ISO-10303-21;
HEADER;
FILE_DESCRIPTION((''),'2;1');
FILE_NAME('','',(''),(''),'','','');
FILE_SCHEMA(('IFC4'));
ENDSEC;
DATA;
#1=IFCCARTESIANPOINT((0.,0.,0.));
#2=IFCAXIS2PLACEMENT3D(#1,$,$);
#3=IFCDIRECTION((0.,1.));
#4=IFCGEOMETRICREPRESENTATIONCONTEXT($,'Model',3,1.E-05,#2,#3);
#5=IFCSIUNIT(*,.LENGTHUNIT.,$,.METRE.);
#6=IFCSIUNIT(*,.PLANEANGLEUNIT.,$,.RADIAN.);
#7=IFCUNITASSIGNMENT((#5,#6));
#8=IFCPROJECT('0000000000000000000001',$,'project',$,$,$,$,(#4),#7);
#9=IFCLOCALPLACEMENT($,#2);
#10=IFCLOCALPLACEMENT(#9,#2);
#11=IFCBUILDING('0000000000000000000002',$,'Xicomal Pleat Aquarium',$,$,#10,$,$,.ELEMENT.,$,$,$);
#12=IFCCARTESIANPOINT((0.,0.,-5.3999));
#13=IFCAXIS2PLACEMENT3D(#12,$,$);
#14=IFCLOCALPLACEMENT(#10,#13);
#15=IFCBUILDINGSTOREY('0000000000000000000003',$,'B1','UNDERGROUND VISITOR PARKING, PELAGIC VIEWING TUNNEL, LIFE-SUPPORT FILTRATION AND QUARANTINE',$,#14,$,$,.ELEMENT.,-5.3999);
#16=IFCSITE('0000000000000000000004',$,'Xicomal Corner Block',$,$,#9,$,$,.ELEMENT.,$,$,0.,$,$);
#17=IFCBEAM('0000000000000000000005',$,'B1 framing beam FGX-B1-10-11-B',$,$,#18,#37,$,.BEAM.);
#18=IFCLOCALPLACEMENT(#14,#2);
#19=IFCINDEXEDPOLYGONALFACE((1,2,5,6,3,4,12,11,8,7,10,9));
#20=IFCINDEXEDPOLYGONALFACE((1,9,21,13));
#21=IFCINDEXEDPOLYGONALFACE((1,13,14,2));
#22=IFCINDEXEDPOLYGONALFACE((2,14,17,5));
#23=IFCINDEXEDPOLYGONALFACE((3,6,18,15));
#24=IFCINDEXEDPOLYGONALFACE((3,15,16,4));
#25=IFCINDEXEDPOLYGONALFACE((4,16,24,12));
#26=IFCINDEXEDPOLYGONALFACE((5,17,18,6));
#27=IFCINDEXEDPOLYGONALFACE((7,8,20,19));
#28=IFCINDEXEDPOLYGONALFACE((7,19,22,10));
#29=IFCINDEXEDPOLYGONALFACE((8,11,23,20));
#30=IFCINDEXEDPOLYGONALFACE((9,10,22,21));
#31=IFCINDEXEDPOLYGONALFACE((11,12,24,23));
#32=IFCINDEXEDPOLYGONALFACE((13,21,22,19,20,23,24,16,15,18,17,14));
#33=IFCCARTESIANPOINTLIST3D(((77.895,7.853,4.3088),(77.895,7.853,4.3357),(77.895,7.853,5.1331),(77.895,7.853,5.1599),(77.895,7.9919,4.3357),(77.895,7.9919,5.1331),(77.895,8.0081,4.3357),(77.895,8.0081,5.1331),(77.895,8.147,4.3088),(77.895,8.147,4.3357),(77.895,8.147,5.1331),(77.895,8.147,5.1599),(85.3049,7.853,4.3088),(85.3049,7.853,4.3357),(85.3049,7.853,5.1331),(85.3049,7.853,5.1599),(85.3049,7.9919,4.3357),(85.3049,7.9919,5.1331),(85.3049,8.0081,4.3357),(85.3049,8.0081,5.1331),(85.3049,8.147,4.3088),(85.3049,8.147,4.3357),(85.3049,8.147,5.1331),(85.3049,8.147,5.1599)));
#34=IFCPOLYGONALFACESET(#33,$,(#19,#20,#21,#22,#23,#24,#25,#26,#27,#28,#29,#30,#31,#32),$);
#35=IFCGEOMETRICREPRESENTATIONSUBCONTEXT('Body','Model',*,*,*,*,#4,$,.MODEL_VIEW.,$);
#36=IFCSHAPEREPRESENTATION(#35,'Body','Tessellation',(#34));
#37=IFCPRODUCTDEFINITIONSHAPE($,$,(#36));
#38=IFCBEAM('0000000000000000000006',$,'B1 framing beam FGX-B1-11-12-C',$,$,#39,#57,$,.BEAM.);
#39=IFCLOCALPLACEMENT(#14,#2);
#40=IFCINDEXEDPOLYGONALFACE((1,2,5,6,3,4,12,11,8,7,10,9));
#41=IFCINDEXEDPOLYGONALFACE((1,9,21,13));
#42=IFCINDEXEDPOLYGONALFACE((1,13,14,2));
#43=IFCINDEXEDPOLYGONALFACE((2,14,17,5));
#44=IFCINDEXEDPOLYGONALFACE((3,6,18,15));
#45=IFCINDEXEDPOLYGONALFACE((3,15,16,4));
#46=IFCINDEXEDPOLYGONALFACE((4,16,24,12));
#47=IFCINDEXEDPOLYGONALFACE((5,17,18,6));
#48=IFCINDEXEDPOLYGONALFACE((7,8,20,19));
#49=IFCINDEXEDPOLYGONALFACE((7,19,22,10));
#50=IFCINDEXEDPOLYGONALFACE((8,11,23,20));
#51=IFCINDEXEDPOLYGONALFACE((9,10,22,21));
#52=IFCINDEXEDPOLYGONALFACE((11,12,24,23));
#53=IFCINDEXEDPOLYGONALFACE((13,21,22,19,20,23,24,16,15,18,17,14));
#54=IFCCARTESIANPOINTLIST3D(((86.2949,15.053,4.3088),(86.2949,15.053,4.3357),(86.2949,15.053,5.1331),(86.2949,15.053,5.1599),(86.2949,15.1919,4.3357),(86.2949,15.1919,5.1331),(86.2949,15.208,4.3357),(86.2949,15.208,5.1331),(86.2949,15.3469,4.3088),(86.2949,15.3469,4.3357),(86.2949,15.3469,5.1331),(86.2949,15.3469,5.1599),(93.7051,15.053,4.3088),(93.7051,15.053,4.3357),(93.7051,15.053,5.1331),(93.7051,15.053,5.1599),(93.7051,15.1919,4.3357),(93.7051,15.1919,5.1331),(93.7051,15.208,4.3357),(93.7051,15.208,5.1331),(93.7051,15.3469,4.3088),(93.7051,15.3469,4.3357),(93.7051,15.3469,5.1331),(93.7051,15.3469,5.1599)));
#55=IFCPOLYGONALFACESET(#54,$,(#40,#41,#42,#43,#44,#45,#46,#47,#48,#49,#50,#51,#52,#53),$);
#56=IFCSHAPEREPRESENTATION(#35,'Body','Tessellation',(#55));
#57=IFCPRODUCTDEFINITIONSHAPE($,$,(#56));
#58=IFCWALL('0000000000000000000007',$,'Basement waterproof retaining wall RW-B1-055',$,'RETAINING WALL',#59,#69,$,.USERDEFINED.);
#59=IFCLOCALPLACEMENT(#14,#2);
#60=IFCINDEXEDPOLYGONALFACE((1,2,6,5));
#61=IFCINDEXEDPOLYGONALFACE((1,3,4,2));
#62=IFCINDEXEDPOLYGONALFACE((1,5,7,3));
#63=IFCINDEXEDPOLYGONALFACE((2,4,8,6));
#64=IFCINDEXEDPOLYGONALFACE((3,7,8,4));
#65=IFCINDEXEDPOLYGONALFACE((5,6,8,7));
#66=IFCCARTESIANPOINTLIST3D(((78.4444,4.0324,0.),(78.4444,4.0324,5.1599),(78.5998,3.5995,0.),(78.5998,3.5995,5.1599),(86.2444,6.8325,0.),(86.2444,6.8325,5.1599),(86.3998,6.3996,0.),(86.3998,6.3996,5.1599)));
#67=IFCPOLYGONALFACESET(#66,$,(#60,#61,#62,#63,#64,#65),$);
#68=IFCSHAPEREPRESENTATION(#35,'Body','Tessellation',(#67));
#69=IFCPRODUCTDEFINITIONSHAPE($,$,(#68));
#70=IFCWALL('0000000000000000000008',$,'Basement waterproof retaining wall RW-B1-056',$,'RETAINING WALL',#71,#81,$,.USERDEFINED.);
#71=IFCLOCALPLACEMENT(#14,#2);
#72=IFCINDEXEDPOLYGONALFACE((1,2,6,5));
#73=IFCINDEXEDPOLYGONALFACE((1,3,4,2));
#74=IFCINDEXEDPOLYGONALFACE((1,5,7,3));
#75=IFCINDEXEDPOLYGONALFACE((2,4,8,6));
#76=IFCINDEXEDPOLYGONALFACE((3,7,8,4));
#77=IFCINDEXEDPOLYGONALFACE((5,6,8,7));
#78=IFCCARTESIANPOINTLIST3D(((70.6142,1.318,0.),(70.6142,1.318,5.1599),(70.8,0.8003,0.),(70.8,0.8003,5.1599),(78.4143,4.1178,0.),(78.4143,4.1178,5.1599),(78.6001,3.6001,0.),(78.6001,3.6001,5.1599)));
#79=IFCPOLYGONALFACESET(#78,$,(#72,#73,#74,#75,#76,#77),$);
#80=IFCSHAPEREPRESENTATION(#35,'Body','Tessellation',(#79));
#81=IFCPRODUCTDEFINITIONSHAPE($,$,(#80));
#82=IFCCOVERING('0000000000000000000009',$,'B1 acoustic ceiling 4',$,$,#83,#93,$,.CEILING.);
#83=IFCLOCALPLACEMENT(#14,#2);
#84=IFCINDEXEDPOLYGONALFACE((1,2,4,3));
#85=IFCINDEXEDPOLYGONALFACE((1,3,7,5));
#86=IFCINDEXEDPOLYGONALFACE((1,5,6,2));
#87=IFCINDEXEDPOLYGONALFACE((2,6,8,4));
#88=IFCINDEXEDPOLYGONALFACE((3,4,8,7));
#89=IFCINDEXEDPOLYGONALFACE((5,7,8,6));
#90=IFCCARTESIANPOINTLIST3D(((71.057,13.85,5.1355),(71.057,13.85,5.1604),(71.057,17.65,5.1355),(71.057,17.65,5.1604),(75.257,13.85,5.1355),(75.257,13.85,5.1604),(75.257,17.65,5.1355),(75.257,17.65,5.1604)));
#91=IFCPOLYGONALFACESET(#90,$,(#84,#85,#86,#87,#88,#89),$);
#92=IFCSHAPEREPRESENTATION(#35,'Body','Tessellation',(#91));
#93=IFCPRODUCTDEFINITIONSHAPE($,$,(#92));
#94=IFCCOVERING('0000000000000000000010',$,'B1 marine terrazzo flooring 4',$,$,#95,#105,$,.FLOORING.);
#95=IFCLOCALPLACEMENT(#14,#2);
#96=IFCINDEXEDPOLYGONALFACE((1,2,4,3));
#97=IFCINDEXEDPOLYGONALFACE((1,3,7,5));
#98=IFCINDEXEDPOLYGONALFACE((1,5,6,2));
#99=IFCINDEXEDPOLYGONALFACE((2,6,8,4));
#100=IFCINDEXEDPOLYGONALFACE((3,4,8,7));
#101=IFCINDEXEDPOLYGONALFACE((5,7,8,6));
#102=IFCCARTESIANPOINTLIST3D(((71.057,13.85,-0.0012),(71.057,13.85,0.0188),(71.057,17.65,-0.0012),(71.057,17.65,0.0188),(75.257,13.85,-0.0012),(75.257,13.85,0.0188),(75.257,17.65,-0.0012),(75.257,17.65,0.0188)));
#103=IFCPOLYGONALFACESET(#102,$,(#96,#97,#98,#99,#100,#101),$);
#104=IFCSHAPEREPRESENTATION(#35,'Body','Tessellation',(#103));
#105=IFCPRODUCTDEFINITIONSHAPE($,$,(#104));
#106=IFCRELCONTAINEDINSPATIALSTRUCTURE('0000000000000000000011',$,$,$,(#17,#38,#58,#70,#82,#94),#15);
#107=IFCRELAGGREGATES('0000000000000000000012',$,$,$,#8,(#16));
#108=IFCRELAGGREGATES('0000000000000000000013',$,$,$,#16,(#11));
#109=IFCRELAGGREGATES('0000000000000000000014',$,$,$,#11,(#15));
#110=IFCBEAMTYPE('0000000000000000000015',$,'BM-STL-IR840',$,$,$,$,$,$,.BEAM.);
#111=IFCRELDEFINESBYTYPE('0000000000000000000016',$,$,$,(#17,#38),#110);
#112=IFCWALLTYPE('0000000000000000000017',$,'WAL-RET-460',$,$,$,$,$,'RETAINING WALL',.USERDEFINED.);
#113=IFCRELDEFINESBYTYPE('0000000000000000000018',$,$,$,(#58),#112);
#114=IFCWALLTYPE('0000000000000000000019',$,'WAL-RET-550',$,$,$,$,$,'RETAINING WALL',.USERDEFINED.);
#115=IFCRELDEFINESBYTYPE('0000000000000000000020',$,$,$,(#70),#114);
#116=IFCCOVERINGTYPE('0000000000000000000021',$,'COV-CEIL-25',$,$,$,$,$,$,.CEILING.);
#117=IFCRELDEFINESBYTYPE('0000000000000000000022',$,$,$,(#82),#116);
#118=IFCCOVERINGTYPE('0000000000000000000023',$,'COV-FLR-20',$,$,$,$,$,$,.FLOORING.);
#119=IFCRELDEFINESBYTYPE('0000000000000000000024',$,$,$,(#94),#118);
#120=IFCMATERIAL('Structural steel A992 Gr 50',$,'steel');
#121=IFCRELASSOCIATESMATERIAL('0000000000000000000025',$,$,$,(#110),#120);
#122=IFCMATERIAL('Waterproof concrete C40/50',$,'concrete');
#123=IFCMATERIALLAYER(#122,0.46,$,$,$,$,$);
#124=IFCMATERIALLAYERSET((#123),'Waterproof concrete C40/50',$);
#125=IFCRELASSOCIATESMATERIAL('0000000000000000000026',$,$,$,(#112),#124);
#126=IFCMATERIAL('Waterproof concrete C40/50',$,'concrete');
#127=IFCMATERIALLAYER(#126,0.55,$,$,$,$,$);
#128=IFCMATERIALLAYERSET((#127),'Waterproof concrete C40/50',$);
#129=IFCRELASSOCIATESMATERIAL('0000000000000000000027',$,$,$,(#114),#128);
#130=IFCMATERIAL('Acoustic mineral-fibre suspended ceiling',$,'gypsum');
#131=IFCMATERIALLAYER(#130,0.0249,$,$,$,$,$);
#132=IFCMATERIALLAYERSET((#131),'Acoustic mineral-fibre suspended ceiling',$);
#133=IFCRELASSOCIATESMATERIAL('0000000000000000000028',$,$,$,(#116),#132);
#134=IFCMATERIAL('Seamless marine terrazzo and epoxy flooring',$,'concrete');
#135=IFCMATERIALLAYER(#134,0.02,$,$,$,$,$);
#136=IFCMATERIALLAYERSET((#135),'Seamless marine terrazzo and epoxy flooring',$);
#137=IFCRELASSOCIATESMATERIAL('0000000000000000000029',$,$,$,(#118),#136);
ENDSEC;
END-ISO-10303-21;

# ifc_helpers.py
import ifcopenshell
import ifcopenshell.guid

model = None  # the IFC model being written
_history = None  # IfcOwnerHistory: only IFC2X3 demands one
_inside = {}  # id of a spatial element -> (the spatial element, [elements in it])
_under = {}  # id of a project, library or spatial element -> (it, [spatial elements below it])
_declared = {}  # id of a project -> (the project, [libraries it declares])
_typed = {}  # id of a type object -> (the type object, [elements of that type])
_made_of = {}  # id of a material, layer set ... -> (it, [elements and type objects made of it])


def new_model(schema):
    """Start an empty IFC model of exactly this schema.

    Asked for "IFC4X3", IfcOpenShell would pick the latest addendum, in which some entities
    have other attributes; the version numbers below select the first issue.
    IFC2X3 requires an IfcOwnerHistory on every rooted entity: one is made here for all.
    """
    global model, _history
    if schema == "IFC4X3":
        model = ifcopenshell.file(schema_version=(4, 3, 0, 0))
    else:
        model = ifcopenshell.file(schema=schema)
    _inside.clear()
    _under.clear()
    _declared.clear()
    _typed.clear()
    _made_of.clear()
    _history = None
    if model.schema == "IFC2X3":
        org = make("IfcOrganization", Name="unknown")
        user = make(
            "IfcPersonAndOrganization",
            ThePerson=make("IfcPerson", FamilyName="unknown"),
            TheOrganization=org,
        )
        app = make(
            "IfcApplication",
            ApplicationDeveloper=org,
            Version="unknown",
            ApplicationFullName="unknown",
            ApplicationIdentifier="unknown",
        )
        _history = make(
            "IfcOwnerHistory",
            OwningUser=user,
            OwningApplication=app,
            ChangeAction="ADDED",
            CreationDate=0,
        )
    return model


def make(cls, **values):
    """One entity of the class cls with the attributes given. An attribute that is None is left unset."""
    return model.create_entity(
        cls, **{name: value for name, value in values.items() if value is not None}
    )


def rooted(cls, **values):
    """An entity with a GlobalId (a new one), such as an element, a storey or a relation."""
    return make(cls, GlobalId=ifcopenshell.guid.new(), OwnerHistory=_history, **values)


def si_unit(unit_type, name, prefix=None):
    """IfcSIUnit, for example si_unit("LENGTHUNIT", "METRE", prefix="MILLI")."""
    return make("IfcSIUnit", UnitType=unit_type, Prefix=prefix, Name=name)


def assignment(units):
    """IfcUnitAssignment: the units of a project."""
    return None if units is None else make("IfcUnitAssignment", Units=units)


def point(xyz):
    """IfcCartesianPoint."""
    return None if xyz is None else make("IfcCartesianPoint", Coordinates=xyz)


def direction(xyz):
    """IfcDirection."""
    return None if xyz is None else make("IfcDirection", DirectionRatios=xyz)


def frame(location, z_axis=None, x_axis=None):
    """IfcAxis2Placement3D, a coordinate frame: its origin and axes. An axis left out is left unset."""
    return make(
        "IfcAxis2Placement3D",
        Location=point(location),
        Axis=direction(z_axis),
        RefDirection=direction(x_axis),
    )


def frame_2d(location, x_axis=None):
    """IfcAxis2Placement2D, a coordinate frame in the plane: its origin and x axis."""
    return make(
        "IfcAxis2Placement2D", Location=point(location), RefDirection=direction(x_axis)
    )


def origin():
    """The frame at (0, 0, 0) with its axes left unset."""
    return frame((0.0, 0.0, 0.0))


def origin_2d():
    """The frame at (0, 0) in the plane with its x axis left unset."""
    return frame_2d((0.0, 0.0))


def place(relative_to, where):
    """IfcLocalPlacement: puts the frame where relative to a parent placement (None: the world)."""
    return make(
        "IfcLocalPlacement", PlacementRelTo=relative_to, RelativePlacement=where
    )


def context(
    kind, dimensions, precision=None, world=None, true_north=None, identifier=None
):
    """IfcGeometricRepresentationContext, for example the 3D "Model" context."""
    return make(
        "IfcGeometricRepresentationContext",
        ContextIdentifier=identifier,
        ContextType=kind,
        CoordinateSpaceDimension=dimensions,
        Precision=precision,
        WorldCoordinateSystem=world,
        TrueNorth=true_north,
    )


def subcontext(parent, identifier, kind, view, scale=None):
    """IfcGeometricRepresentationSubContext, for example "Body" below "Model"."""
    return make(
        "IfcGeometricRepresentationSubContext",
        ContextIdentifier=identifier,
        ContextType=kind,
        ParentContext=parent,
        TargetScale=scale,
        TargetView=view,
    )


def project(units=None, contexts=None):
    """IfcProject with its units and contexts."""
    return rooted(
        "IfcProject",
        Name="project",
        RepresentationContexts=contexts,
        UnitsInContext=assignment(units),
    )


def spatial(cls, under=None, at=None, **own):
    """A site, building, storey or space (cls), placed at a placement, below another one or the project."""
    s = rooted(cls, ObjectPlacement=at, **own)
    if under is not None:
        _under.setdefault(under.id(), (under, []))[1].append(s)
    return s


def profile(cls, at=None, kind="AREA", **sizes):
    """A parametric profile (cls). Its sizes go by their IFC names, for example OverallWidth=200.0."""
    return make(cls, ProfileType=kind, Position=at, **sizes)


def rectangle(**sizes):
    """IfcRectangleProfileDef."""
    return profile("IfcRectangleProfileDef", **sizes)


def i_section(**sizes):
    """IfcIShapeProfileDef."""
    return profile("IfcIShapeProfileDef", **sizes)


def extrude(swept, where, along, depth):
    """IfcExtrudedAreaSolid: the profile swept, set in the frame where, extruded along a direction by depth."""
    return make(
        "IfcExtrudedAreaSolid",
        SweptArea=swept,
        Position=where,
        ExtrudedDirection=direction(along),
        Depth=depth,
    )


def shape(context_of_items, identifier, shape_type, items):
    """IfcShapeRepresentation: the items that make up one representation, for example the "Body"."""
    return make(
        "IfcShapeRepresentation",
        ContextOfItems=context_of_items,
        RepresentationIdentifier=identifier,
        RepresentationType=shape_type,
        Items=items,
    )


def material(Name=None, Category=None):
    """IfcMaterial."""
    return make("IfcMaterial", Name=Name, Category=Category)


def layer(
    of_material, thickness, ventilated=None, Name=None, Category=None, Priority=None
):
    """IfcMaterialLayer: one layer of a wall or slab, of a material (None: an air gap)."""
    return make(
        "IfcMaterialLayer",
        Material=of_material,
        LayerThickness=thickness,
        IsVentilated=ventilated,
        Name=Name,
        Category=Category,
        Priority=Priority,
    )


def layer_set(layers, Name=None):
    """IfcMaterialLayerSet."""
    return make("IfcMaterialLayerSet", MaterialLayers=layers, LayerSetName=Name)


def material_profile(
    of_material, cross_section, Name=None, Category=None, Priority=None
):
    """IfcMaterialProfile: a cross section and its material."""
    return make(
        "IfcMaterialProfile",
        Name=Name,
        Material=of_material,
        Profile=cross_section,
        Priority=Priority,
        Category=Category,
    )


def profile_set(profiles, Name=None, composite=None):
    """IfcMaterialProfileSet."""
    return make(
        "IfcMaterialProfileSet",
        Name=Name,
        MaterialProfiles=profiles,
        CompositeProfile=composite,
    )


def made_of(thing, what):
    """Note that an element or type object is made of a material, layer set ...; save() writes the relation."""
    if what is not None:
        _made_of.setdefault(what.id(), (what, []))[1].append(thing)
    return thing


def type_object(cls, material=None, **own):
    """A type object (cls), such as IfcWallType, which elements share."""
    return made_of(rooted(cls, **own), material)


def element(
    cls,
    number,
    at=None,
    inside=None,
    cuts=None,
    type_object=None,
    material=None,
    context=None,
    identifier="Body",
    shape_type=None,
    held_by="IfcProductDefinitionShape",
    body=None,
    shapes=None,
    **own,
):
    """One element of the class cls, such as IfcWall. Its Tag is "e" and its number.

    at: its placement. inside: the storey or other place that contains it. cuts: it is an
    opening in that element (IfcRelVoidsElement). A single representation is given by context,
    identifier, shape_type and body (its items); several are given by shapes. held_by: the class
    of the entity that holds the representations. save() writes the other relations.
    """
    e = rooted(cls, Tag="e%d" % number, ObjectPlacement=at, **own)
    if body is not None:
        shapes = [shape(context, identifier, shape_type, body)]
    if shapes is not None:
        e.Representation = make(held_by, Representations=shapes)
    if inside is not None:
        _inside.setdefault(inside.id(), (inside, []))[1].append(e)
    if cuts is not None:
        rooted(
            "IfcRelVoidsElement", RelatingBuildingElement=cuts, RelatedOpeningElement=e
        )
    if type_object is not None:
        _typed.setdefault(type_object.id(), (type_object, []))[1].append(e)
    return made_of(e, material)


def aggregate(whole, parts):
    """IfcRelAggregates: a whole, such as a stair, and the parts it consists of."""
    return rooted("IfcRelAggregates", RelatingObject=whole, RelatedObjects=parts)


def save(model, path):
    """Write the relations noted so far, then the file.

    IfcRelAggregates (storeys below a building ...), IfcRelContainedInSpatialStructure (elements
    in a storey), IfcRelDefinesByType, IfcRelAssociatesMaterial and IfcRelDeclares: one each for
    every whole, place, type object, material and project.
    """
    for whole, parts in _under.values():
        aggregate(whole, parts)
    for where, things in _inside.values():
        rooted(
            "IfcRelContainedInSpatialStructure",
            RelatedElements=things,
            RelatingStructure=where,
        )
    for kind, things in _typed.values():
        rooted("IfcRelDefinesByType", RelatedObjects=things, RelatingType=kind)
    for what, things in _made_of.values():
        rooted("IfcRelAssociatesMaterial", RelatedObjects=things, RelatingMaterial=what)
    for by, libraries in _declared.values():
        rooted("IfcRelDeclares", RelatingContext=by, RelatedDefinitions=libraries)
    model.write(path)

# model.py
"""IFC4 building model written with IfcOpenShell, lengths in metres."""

from ifc_helpers import new_model, si_unit, direction, frame, frame_2d, origin, origin_2d, place, context, subcontext, project, spatial, rectangle, i_section, extrude, material, layer, layer_set, material_profile, profile_set, type_object, element, save


model = new_model("IFC4")

# Units and contexts
model_context = context("Model", 3, precision=1e-05, world=origin(), true_north=direction((0.0, 1.0)))
body_context = subcontext(model_context, "Body", "Model", "MODEL_VIEW")
ifc_project = project(units=[si_unit("LENGTHUNIT", "METRE"), si_unit("PLANEANGLEUNIT", "RADIAN")], contexts=[model_context])

# Site, building, storey
site_placement = place(None, origin())
site = spatial("IfcSite", under=ifc_project, at=site_placement, Name="Xicomal Corner Block", CompositionType="ELEMENT", RefElevation=0.0)
building_placement = place(site_placement, origin())
building = spatial("IfcBuilding", under=site, at=building_placement, Name="Xicomal Pleat Aquarium", CompositionType="ELEMENT")
storey_placement = place(building_placement, frame((0.0, 0.0, -5.3999)))
storey = spatial("IfcBuildingStorey", under=building, at=storey_placement, Name="B1", Description="UNDERGROUND VISITOR PARKING, PELAGIC VIEWING TUNNEL, LIFE-SUPPORT FILTRATION AND QUARANTINE", CompositionType="ELEMENT", Elevation=-5.3999)

# Beams
ifc_material_1 = material(Name="Structural steel A992 Gr 50", Category="steel")
ifc_material_profile_1 = material_profile(ifc_material_1, i_section(OverallWidth=0.2939, OverallDepth=0.8511, WebThickness=0.0161, FlangeThickness=0.0269, at=origin_2d()), Name="IR 840x226")
ifc_profile_set_1 = profile_set([ifc_material_profile_1], Name="Structural steel A992 Gr 50")
beam_type_1 = type_object("IfcBeamType", Name="BM-STL-IR840", PredefinedType="BEAM", material=ifc_profile_set_1)
beam_1_placement = place(storey_placement, frame((77.895, 8.0, 4.7344), z_axis=(1.0, 0.0, 0.0), x_axis=(0.0, 1.0, 0.0)))
element("IfcBeam", 1, at=beam_1_placement, inside=storey, type_object=beam_type_1, Name="B1 framing beam FGX-B1-10-11-B", PredefinedType="BEAM", context=body_context, shape_type="SweptSolid", body=[
    extrude(i_section(OverallWidth=0.2939, OverallDepth=0.8511, WebThickness=0.0161, FlangeThickness=0.0269, at=origin_2d()), origin(), (0.0, 0.0, 1.0), 7.4099),
])
beam_2_placement = place(storey_placement, frame((86.2949, 15.2, 4.7344), z_axis=(1.0, 0.0, 0.0), x_axis=(0.0, 1.0, 0.0)))
element("IfcBeam", 2, at=beam_2_placement, inside=storey, type_object=beam_type_1, Name="B1 framing beam FGX-B1-11-12-C", PredefinedType="BEAM", context=body_context, shape_type="SweptSolid", body=[
    extrude(i_section(OverallWidth=0.2939, OverallDepth=0.8511, WebThickness=0.0161, FlangeThickness=0.0269, at=origin_2d()), origin(), (0.0, 0.0, 1.0), 7.4102),
])

# Walls
ifc_material_2 = material(Name="Waterproof concrete C40/50", Category="concrete")
ifc_layer_1 = layer(ifc_material_2, 0.46)
ifc_layer_set_1 = layer_set([ifc_layer_1], Name="Waterproof concrete C40/50")
wall_type_1 = type_object("IfcWallType", Name="WAL-RET-460", ElementType="RETAINING WALL", PredefinedType="USERDEFINED", material=ifc_layer_set_1)
wall_1_placement = place(storey_placement, frame((86.322, 6.616, 0.0), z_axis=(0.0, 0.0, 1.0), x_axis=(-0.941193, -0.337868, 0.0)))
element("IfcWall", 3, at=wall_1_placement, inside=storey, type_object=wall_type_1, Name="Basement waterproof retaining wall RW-B1-055", ObjectType="RETAINING WALL", PredefinedType="USERDEFINED", context=body_context, shape_type="SweptSolid", body=[
    extrude(rectangle(XDim=8.2874, YDim=0.46, at=frame_2d((4.1436, 0.0))), origin(), (0.0, 0.0, 1.0), 5.1599),
])
ifc_material_3 = material(Name="Waterproof concrete C40/50", Category="concrete")
ifc_layer_2 = layer(ifc_material_3, 0.55)
ifc_layer_set_2 = layer_set([ifc_layer_2], Name="Waterproof concrete C40/50")
wall_type_2 = type_object("IfcWallType", Name="WAL-RET-550", ElementType="RETAINING WALL", PredefinedType="USERDEFINED", material=ifc_layer_set_2)
wall_2_placement = place(storey_placement, frame((78.5071, 3.8589, 0.0), z_axis=(0.0, 0.0, 1.0), x_axis=(-0.941203, -0.337842, 0.0)))
element("IfcWall", 4, at=wall_2_placement, inside=storey, type_object=wall_type_2, Name="Basement waterproof retaining wall RW-B1-056", ObjectType="RETAINING WALL", PredefinedType="USERDEFINED", context=body_context, shape_type="SweptSolid", body=[
    extrude(rectangle(XDim=8.2874, YDim=0.55, at=frame_2d((4.1436, 0.0))), origin(), (0.0, 0.0, 1.0), 5.1599),
])

# Coverings
ifc_material_4 = material(Name="Acoustic mineral-fibre suspended ceiling", Category="gypsum")
ifc_layer_3 = layer(ifc_material_4, 0.0249)
ifc_layer_set_3 = layer_set([ifc_layer_3], Name="Acoustic mineral-fibre suspended ceiling")
covering_type_1 = type_object("IfcCoveringType", Name="COV-CEIL-25", PredefinedType="CEILING", material=ifc_layer_set_3)
covering_1_placement = place(storey_placement, frame((73.157, 15.75, 5.1355), z_axis=(0.0, 0.0, 1.0), x_axis=(1.0, 0.0, 0.0)))
element("IfcCovering", 5, at=covering_1_placement, inside=storey, type_object=covering_type_1, Name="B1 acoustic ceiling 4", PredefinedType="CEILING", context=body_context, shape_type="SweptSolid", body=[
    extrude(rectangle(XDim=4.2, YDim=3.8, at=origin_2d()), origin(), (0.0, 0.0, 1.0), 0.0249),
])
ifc_material_5 = material(Name="Seamless marine terrazzo and epoxy flooring", Category="concrete")
ifc_layer_4 = layer(ifc_material_5, 0.02)
ifc_layer_set_4 = layer_set([ifc_layer_4], Name="Seamless marine terrazzo and epoxy flooring")
covering_type_2 = type_object("IfcCoveringType", Name="COV-FLR-20", PredefinedType="FLOORING", material=ifc_layer_set_4)
covering_2_placement = place(storey_placement, frame((73.157, 15.75, -0.0012), z_axis=(0.0, 0.0, 1.0), x_axis=(1.0, 0.0, 0.0)))
element("IfcCovering", 6, at=covering_2_placement, inside=storey, type_object=covering_type_2, Name="B1 marine terrazzo flooring 4", PredefinedType="FLOORING", context=body_context, shape_type="SweptSolid", body=[
    extrude(rectangle(XDim=4.2, YDim=3.8, at=origin_2d()), origin(), (0.0, 0.0, 1.0), 0.02),
])

save(model, "model.ifc")
